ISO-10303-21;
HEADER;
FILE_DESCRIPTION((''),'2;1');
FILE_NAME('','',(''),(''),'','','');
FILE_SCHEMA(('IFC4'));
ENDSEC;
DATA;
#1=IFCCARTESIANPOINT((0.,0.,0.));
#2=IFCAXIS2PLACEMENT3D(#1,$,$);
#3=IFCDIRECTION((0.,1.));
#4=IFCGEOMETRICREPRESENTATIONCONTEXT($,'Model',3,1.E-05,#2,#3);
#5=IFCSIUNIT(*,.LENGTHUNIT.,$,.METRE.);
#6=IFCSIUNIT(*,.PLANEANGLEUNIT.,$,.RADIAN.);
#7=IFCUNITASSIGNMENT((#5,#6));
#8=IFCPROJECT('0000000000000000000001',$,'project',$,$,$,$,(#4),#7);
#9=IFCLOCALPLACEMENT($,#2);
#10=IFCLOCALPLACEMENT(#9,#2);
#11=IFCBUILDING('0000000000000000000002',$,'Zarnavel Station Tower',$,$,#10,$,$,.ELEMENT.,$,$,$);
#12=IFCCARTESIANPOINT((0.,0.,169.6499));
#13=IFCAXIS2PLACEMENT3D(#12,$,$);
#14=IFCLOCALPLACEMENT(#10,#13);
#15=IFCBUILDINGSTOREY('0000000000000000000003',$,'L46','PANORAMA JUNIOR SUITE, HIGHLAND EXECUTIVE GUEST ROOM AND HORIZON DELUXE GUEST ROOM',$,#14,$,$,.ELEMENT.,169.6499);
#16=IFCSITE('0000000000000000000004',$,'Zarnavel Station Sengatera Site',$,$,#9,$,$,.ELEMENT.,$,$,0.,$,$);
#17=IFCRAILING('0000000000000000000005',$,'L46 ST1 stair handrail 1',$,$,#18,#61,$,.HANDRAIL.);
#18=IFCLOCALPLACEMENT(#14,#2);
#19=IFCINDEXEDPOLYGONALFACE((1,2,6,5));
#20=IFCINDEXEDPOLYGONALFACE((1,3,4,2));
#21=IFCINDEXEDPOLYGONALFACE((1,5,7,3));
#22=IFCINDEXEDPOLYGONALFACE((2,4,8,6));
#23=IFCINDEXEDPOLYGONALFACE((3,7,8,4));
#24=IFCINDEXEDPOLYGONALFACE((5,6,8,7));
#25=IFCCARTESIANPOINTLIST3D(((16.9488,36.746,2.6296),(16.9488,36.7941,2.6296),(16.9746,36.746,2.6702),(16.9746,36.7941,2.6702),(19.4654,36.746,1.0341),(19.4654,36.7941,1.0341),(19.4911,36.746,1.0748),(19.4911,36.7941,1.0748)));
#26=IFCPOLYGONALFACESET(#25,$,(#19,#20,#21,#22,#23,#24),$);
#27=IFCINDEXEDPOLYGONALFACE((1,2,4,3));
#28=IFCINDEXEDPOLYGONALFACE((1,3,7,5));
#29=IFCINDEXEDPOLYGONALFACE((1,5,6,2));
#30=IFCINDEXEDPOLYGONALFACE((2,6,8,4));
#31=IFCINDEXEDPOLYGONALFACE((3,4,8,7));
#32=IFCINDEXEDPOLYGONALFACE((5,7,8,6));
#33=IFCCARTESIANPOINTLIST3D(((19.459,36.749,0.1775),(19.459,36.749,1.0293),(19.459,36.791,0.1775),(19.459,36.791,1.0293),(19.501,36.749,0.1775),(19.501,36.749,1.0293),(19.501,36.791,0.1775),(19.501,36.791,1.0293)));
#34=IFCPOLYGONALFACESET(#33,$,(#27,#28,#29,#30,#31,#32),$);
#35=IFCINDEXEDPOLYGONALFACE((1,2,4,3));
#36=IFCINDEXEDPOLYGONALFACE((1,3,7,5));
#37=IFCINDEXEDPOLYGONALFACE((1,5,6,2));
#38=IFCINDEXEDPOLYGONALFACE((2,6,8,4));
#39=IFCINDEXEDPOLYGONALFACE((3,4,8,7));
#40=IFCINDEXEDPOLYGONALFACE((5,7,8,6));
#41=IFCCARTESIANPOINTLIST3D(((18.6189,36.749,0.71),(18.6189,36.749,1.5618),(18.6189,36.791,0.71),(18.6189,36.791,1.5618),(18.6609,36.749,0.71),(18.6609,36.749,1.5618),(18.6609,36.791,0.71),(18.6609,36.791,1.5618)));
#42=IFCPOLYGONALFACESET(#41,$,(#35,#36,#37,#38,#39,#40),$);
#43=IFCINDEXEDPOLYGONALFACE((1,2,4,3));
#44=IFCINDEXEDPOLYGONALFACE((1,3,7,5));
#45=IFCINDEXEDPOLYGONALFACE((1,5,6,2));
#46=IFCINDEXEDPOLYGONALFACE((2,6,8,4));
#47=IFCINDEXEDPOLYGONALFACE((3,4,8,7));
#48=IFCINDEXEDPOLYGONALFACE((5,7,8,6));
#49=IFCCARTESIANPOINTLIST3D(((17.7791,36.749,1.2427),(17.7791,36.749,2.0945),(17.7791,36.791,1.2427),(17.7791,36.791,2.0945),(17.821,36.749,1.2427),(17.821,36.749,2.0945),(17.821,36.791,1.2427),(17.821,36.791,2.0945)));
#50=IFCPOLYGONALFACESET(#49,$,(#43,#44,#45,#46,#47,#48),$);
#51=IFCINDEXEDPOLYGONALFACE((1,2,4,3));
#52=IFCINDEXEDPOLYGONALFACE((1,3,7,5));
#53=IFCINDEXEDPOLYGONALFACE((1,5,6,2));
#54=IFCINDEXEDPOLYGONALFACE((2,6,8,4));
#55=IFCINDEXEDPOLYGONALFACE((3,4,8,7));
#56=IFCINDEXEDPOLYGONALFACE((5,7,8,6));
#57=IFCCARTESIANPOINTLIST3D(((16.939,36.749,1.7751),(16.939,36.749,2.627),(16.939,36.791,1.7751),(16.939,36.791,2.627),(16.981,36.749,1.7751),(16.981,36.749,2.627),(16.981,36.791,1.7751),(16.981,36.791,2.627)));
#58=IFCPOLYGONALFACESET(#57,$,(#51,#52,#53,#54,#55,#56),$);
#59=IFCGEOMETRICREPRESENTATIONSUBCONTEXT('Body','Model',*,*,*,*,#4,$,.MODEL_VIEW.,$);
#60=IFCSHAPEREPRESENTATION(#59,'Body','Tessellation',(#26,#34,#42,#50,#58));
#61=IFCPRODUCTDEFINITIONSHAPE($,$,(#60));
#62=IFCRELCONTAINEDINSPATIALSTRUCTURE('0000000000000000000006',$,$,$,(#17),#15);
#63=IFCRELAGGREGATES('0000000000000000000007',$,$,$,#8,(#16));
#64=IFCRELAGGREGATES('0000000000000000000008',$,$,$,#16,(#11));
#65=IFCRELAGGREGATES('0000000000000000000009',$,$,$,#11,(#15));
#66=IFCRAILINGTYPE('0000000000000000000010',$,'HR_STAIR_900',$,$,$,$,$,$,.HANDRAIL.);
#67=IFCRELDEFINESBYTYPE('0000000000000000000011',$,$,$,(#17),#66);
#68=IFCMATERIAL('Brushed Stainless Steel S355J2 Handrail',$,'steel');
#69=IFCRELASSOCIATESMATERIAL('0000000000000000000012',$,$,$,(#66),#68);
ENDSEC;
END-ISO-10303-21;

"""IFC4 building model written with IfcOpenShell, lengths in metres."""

from ifc_helpers import new_model, si_unit, direction, frame, origin, origin_2d, place, context, subcontext, project, spatial, rectangle, extrude, material, type_object, element, save


model = new_model("IFC4")

# Units and contexts
model_context = context("Model", 3, precision=1e-05, world=origin(), true_north=direction((0.0, 1.0)))
body_context = subcontext(model_context, "Body", "Model", "MODEL_VIEW")
ifc_project = project(units=[si_unit("LENGTHUNIT", "METRE"), si_unit("PLANEANGLEUNIT", "RADIAN")], contexts=[model_context])

# Site, building, storey
site_placement = place(None, origin())
site = spatial("IfcSite", under=ifc_project, at=site_placement, Name="Zarnavel Station Sengatera Site", CompositionType="ELEMENT", RefElevation=0.0)
building_placement = place(site_placement, origin())
building = spatial("IfcBuilding", under=site, at=building_placement, Name="Zarnavel Station Tower", CompositionType="ELEMENT")
storey_placement = place(building_placement, frame((0.0, 0.0, 169.6499)))
storey = spatial("IfcBuildingStorey", under=building, at=storey_placement, Name="L46", Description="PANORAMA JUNIOR SUITE, HIGHLAND EXECUTIVE GUEST ROOM AND HORIZON DELUXE GUEST ROOM", CompositionType="ELEMENT", Elevation=169.6499)

# Railing
ifc_material_1 = material(Name="Brushed Stainless Steel S355J2 Handrail", Category="steel")
railing_type_1 = type_object("IfcRailingType", Name="HR_STAIR_900", PredefinedType="HANDRAIL", material=ifc_material_1)
railing_1_placement = place(storey_placement, frame((19.48, 36.77, 0.1775)))
element("IfcRailing", 1, at=railing_1_placement, inside=storey, type_object=railing_type_1, Name="L46 ST1 stair handrail 1", PredefinedType="HANDRAIL", context=body_context, shape_type="SweptSolid", body=[
    extrude(rectangle(XDim=0.0481, YDim=0.0481, at=origin_2d()), frame((-0.0017, 0.0, 0.877), z_axis=(-0.84457, 0.0, 0.535445), x_axis=(0.0, -1.0, 0.0)), (0.0, 0.0, 1.0), 2.9797),
    extrude(rectangle(XDim=0.042, YDim=0.042, at=origin_2d()), origin(), (0.0, 0.0, 1.0), 0.8518),
    extrude(rectangle(XDim=0.042, YDim=0.042, at=origin_2d()), frame((-0.8401, 0.0, 0.5325)), (0.0, 0.0, 1.0), 0.8518),
    extrude(rectangle(XDim=0.042, YDim=0.042, at=origin_2d()), frame((-1.6799, 0.0, 1.0652)), (0.0, 0.0, 1.0), 0.8518),
    extrude(rectangle(XDim=0.042, YDim=0.042, at=origin_2d()), frame((-2.52, 0.0, 1.5977)), (0.0, 0.0, 1.0), 0.8518),
])

save(model, "model.ifc")
